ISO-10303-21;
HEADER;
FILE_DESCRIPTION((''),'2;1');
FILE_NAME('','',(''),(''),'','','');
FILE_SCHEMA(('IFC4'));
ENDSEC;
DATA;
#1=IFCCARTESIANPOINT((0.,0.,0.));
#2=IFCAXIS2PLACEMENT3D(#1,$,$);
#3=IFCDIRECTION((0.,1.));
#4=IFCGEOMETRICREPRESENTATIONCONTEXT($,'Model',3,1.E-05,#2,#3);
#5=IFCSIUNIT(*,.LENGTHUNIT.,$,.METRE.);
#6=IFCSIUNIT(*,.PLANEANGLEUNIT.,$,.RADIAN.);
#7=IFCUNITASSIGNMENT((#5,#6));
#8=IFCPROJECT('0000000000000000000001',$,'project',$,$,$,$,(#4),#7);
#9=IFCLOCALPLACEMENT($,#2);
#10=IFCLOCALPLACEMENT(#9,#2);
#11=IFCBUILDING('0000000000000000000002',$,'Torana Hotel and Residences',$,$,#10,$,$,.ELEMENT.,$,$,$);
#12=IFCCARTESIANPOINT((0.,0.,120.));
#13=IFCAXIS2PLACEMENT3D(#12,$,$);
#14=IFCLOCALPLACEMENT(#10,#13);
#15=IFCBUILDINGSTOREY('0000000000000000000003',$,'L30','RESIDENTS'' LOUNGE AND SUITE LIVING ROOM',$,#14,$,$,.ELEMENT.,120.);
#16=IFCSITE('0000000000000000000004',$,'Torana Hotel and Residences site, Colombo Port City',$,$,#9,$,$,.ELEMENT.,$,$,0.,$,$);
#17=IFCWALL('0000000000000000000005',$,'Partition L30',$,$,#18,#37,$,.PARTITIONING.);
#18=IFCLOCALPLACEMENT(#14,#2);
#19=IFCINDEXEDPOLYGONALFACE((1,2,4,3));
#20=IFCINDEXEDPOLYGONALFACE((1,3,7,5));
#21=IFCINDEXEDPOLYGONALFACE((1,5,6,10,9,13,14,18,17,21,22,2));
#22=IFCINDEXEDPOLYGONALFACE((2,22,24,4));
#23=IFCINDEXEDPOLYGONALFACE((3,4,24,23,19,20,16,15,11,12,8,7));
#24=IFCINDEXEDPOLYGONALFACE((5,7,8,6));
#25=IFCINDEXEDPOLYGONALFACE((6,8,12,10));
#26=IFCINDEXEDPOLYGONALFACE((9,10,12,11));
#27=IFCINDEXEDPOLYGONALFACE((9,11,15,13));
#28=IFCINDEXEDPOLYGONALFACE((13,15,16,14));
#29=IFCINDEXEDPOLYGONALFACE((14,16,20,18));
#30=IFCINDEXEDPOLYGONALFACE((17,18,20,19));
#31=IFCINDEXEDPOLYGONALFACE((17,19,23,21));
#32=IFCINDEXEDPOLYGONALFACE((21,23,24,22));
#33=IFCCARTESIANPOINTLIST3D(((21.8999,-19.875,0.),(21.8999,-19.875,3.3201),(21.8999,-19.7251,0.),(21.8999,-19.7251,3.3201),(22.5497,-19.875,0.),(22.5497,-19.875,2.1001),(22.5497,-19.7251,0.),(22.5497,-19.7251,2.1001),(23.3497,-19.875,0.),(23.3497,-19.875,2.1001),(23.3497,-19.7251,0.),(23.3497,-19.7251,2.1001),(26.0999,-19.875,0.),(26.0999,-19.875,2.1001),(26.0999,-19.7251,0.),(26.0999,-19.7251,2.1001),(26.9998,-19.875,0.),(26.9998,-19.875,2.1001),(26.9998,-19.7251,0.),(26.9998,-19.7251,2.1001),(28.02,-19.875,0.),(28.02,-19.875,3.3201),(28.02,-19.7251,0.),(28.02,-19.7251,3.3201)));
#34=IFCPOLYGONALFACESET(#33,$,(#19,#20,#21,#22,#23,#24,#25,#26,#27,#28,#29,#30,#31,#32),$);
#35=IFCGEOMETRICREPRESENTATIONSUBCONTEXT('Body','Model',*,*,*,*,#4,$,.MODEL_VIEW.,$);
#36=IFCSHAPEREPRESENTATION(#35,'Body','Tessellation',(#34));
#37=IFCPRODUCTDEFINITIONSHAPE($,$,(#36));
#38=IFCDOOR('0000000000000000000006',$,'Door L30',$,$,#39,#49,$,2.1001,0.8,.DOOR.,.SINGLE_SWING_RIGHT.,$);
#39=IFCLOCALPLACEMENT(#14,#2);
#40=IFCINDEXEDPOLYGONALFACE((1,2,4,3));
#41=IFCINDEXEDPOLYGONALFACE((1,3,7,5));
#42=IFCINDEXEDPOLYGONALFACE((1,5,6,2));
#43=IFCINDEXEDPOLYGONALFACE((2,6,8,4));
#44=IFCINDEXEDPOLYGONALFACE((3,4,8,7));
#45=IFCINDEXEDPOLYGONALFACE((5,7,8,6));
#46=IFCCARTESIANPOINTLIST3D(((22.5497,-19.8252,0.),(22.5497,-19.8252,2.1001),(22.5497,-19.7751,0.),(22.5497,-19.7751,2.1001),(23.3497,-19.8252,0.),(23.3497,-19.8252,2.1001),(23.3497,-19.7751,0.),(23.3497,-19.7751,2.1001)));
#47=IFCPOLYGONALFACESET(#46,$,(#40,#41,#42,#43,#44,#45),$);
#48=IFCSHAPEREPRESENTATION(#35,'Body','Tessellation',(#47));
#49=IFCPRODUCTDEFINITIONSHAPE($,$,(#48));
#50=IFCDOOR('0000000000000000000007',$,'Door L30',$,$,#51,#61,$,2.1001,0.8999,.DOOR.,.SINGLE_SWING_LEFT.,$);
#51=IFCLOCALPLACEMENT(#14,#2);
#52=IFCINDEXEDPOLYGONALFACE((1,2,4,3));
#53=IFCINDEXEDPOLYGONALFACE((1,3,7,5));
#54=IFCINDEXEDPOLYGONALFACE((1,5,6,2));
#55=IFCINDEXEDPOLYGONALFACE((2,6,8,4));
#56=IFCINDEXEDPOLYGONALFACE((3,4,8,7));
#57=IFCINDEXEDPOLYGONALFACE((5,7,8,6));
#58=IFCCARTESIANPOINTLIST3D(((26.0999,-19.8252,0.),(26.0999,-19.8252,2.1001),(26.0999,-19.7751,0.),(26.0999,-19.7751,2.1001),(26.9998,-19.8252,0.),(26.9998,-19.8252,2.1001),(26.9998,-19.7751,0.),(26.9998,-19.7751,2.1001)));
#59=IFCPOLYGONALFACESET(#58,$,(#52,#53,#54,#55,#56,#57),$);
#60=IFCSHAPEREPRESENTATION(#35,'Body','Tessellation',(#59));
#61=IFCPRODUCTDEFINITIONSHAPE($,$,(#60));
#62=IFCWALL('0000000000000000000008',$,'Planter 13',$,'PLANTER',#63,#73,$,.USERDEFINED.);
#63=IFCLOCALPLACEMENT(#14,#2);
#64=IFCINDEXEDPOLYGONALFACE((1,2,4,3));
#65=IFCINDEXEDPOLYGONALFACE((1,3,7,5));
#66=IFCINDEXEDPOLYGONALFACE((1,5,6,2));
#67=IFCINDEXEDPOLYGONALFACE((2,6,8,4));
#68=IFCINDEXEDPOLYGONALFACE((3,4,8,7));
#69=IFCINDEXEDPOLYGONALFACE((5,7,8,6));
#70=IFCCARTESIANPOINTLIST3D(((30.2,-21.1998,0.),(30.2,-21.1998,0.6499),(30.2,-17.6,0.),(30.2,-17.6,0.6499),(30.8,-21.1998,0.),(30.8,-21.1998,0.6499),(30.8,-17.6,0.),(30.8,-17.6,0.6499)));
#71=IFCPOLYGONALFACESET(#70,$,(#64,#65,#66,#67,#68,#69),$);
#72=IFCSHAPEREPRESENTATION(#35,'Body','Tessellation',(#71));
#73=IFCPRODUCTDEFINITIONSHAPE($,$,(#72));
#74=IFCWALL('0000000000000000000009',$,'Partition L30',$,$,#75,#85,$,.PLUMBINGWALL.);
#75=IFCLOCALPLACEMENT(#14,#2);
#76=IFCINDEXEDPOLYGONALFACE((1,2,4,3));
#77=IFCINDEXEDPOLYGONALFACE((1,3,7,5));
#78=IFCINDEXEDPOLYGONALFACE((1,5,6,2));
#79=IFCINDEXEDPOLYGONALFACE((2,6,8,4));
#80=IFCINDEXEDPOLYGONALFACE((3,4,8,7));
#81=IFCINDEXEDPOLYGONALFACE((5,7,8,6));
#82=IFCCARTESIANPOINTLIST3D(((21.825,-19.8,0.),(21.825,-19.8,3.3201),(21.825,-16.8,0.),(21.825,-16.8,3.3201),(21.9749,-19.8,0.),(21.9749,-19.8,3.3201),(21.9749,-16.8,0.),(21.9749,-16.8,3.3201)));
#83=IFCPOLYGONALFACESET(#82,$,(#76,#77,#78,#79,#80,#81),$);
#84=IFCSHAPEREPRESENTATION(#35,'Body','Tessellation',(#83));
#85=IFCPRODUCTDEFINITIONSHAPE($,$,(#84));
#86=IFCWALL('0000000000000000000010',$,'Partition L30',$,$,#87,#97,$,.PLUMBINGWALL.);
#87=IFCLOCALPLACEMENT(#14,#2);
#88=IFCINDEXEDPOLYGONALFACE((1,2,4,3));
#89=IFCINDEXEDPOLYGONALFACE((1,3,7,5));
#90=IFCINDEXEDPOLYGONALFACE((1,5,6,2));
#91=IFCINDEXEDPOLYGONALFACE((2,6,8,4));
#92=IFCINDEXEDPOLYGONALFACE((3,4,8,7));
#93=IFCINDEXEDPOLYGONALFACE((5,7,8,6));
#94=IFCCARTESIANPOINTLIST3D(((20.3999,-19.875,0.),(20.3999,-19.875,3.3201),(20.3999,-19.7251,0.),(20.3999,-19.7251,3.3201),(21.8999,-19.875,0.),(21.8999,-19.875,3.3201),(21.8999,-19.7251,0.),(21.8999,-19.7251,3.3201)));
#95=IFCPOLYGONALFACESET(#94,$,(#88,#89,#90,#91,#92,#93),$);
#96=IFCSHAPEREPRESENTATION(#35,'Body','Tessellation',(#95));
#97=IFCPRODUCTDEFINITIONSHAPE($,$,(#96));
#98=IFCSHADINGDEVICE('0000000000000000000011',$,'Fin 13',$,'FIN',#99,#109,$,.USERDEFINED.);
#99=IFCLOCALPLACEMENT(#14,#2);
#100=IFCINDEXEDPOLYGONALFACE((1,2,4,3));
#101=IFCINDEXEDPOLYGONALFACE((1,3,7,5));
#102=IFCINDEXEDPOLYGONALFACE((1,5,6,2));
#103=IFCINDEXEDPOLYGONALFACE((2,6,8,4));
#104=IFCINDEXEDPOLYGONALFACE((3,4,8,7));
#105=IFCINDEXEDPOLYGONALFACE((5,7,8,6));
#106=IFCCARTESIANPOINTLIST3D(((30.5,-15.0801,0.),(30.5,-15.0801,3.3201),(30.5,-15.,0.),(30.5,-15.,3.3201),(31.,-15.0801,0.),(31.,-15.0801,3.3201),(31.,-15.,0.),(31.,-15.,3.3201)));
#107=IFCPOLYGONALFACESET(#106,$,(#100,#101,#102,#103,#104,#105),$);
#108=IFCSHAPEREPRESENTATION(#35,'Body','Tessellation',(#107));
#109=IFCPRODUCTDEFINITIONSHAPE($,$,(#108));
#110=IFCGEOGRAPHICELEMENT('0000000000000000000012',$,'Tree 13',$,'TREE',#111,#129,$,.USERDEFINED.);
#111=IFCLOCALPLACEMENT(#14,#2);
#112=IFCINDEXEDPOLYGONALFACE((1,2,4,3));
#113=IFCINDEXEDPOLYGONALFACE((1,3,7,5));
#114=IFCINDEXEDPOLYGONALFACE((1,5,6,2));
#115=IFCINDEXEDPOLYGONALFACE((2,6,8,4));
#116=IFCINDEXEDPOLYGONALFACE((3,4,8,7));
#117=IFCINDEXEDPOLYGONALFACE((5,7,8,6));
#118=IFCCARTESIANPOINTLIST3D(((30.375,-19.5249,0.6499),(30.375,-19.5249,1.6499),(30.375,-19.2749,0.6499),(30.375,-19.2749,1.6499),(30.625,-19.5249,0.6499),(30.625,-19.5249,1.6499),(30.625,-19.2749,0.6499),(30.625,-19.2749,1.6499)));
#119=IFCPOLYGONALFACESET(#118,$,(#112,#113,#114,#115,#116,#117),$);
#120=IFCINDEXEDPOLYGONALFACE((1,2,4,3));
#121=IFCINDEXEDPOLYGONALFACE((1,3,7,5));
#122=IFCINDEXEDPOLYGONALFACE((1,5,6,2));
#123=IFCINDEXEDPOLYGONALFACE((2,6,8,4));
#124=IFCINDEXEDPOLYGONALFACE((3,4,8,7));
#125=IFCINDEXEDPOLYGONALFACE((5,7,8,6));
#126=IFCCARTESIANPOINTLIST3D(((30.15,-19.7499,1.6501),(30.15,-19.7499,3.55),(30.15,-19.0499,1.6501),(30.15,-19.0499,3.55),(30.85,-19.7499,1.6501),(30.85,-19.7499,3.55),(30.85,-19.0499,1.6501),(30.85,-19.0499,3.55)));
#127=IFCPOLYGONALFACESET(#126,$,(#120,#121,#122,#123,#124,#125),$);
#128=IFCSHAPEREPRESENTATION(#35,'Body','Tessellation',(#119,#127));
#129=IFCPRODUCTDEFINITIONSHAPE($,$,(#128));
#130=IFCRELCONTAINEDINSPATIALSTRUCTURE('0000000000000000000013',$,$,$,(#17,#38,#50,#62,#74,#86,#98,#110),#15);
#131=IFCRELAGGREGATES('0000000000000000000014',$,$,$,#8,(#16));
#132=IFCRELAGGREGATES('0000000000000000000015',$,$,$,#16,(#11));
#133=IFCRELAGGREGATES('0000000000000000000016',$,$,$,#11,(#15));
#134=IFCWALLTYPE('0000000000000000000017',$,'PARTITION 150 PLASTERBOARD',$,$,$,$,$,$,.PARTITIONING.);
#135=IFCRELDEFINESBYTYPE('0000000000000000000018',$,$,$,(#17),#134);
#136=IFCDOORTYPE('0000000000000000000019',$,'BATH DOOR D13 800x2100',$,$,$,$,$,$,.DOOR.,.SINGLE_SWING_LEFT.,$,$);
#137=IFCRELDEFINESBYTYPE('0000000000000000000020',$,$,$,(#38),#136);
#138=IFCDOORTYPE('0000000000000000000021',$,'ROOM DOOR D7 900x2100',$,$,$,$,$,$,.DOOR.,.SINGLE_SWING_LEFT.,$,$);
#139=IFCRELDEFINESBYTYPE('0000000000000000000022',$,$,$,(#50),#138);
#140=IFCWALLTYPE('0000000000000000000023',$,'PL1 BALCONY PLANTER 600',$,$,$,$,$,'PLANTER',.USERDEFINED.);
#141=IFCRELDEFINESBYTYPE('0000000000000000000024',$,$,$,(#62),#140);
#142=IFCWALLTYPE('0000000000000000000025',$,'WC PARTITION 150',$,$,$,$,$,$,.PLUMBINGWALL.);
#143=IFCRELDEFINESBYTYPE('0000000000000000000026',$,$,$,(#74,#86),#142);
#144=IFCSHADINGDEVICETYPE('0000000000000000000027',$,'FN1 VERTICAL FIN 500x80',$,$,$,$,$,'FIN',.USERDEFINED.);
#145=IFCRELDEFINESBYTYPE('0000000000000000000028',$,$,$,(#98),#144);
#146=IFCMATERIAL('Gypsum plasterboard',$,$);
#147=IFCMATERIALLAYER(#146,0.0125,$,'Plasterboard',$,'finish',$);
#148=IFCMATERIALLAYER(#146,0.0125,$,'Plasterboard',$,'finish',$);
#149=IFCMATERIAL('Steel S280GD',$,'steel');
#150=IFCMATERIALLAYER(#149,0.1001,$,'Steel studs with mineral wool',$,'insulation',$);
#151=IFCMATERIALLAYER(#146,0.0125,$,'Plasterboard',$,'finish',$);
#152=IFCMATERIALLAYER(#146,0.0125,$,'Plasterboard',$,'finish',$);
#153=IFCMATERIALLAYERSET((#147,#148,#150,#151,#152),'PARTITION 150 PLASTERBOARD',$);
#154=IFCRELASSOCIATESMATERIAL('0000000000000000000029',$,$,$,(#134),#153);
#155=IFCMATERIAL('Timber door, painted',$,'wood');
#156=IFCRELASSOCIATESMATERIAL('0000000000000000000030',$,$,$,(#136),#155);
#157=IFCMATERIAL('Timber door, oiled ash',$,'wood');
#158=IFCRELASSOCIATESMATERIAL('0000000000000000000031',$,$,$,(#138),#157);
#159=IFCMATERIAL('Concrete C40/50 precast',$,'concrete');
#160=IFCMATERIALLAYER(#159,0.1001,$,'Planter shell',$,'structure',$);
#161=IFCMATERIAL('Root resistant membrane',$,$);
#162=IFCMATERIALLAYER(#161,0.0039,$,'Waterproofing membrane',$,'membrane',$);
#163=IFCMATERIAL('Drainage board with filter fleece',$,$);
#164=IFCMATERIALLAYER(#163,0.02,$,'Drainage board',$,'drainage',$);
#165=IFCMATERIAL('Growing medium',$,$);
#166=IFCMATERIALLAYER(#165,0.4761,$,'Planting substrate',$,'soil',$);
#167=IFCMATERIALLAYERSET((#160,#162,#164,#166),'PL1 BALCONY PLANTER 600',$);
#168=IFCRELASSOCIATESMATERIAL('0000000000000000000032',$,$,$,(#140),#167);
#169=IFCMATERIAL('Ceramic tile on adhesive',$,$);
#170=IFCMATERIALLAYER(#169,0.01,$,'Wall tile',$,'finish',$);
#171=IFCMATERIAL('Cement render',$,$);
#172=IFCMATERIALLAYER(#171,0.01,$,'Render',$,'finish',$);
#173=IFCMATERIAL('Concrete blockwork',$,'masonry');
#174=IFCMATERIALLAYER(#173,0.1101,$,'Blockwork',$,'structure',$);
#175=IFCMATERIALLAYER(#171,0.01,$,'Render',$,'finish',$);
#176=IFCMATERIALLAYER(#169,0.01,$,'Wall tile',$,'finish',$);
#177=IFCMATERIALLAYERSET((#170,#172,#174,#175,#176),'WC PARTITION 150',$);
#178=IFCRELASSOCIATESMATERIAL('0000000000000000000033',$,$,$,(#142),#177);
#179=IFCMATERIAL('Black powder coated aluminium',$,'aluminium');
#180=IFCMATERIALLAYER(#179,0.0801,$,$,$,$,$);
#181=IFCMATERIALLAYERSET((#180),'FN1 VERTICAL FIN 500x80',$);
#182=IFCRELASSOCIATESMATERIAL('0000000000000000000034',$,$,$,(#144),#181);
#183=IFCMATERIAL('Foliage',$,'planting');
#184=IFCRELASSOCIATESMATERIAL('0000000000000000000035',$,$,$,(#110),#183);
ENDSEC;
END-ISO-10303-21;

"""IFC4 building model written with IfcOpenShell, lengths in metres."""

from ifc_helpers import new_model, si_unit, direction, frame, frame_2d, origin, origin_2d, place, context, subcontext, project, spatial, rectangle, extrude, material, layer, layer_set, type_object, element, fill, save


model = new_model("IFC4")

# Units and contexts
model_context = context("Model", 3, precision=1e-05, world=origin(), true_north=direction((0.0, 1.0)))
body_context = subcontext(model_context, "Body", "Model", "MODEL_VIEW")
ifc_project = project(units=[si_unit("LENGTHUNIT", "METRE"), si_unit("PLANEANGLEUNIT", "RADIAN")], contexts=[model_context])

# Site, building, storey
site_placement = place(None, origin())
site = spatial("IfcSite", under=ifc_project, at=site_placement, Name="Torana Hotel and Residences site, Colombo Port City", CompositionType="ELEMENT", RefElevation=0.0)
building_placement = place(site_placement, origin())
building = spatial("IfcBuilding", under=site, at=building_placement, Name="Torana Hotel and Residences", CompositionType="ELEMENT")
storey_placement = place(building_placement, frame((0.0, 0.0, 120.0)))
storey = spatial("IfcBuildingStorey", under=building, at=storey_placement, Name="L30", Description="RESIDENTS' LOUNGE AND SUITE LIVING ROOM", CompositionType="ELEMENT", Elevation=120.0)

# Shared definitions
ifc_material_1 = material(Name="Concrete blockwork", Category="masonry")

# Shared definitions
ifc_material_2 = material(Name="Gypsum plasterboard")
ifc_layer_1 = layer(ifc_material_2, 0.0125, Name="Plasterboard", Category="finish")
ifc_layer_2 = layer(ifc_material_2, 0.0125, Name="Plasterboard", Category="finish")
ifc_material_3 = material(Name="Steel S280GD", Category="steel")
ifc_layer_3 = layer(ifc_material_3, 0.1001, Name="Steel studs with mineral wool", Category="insulation")
ifc_layer_4 = layer(ifc_material_2, 0.0125, Name="Plasterboard", Category="finish")
ifc_layer_5 = layer(ifc_material_2, 0.0125, Name="Plasterboard", Category="finish")
ifc_layer_set_1 = layer_set([ifc_layer_1, ifc_layer_2, ifc_layer_3, ifc_layer_4, ifc_layer_5], Name="PARTITION 150 PLASTERBOARD")
wall_type_1 = type_object("IfcWallType", Name="PARTITION 150 PLASTERBOARD", PredefinedType="PARTITIONING", material=ifc_layer_set_1)

# Wall, openings, doors
wall_1_placement = place(storey_placement, frame((21.8999, -19.8, 0.0), z_axis=(0.0, 0.0, 1.0), x_axis=(1.0, 0.0, 0.0)))
wall_1 = element("IfcWall", 1, at=wall_1_placement, inside=storey, type_object=wall_type_1, Name="Partition L30", PredefinedType="PARTITIONING", context=body_context, shape_type="SweptSolid", body=[
    extrude(rectangle(XDim=6.1201, YDim=0.1499, at=frame_2d((3.0601, 0.0))), origin(), (0.0, 0.0, 1.0), 3.3201),
])
opening_1_placement = place(wall_1_placement, frame((0.6499, 0.0, 0.0)))
opening_1 = element("IfcOpeningElement", 2, at=opening_1_placement, cuts=wall_1, PredefinedType="OPENING", context=body_context, shape_type="SweptSolid", body=[
    extrude(rectangle(XDim=0.8, YDim=2.1001, at=frame_2d((0.3999, 1.05))), frame((0.0, 0.085, 0.0), z_axis=(0.0, -1.0, 0.0), x_axis=(1.0, 0.0, 0.0)), (0.0, 0.0, 1.0), 0.1699),
])
opening_2_placement = place(wall_1_placement, frame((4.2, 0.0, 0.0)))
opening_2 = element("IfcOpeningElement", 3, at=opening_2_placement, cuts=wall_1, PredefinedType="OPENING", context=body_context, shape_type="SweptSolid", body=[
    extrude(rectangle(XDim=0.8999, YDim=2.1001, at=frame_2d((0.45, 1.05))), frame((0.0, 0.085, 0.0), z_axis=(0.0, -1.0, 0.0), x_axis=(1.0, 0.0, 0.0)), (0.0, 0.0, 1.0), 0.1699),
])
ifc_material_4 = material(Name="Timber door, painted", Category="wood")
door_type_1 = type_object("IfcDoorType", Name="BATH DOOR D13 800x2100", OperationType="SINGLE_SWING_LEFT", PredefinedType="DOOR", material=ifc_material_4)
door_1_placement = place(opening_1_placement, origin())
door_1 = element("IfcDoor", 4, at=door_1_placement, inside=storey, type_object=door_type_1, Name="Door L30", OperationType="SINGLE_SWING_RIGHT", OverallHeight=2.1001, OverallWidth=0.8, PredefinedType="DOOR", context=body_context, shape_type="SweptSolid", body=[
    extrude(rectangle(XDim=0.8, YDim=2.1001, at=frame_2d((0.3999, 1.05))), frame((0.0, 0.0249, 0.0), z_axis=(0.0, -1.0, 0.0), x_axis=(1.0, 0.0, 0.0)), (0.0, 0.0, 1.0), 0.05),
])
fill(opening_1, door_1)
ifc_material_5 = material(Name="Timber door, oiled ash", Category="wood")
door_type_2 = type_object("IfcDoorType", Name="ROOM DOOR D7 900x2100", OperationType="SINGLE_SWING_LEFT", PredefinedType="DOOR", material=ifc_material_5)
door_2_placement = place(opening_2_placement, origin())
door_2 = element("IfcDoor", 5, at=door_2_placement, inside=storey, type_object=door_type_2, Name="Door L30", OperationType="SINGLE_SWING_LEFT", OverallHeight=2.1001, OverallWidth=0.8999, PredefinedType="DOOR", context=body_context, shape_type="SweptSolid", body=[
    extrude(rectangle(XDim=0.8999, YDim=2.1001, at=frame_2d((0.45, 1.05))), frame((0.0, 0.0249, 0.0), z_axis=(0.0, -1.0, 0.0), x_axis=(1.0, 0.0, 0.0)), (0.0, 0.0, 1.0), 0.05),
])
fill(opening_2, door_2)

# Walls
ifc_material_6 = material(Name="Concrete C40/50 precast", Category="concrete")
ifc_layer_6 = layer(ifc_material_6, 0.1001, Name="Planter shell", Category="structure")
ifc_material_7 = material(Name="Root resistant membrane")
ifc_layer_7 = layer(ifc_material_7, 0.0039, Name="Waterproofing membrane", Category="membrane")
ifc_material_8 = material(Name="Drainage board with filter fleece")
ifc_layer_8 = layer(ifc_material_8, 0.02, Name="Drainage board", Category="drainage")
ifc_material_9 = material(Name="Growing medium")
ifc_layer_9 = layer(ifc_material_9, 0.4761, Name="Planting substrate", Category="soil")
ifc_layer_set_2 = layer_set([ifc_layer_6, ifc_layer_7, ifc_layer_8, ifc_layer_9], Name="PL1 BALCONY PLANTER 600")
wall_type_2 = type_object("IfcWallType", Name="PL1 BALCONY PLANTER 600", ElementType="PLANTER", PredefinedType="USERDEFINED", material=ifc_layer_set_2)
wall_2_placement = place(storey_placement, frame((30.5, -17.6001, 0.0), z_axis=(0.0, 0.0, 1.0), x_axis=(0.0, -1.0, 0.0)))
element("IfcWall", 6, at=wall_2_placement, inside=storey, type_object=wall_type_2, Name="Planter 13", ObjectType="PLANTER", PredefinedType="USERDEFINED", context=body_context, shape_type="SweptSolid", body=[
    extrude(rectangle(XDim=3.5999, YDim=0.6001, at=frame_2d((1.7998, 0.0))), origin(), (0.0, 0.0, 1.0), 0.6499),
])
ifc_material_10 = material(Name="Ceramic tile on adhesive")
ifc_layer_10 = layer(ifc_material_10, 0.01, Name="Wall tile", Category="finish")
ifc_material_11 = material(Name="Cement render")
ifc_layer_11 = layer(ifc_material_11, 0.01, Name="Render", Category="finish")
ifc_layer_12 = layer(ifc_material_1, 0.1101, Name="Blockwork", Category="structure")
ifc_layer_13 = layer(ifc_material_11, 0.01, Name="Render", Category="finish")
ifc_layer_14 = layer(ifc_material_10, 0.01, Name="Wall tile", Category="finish")
ifc_layer_set_3 = layer_set([ifc_layer_10, ifc_layer_11, ifc_layer_12, ifc_layer_13, ifc_layer_14], Name="WC PARTITION 150")
wall_type_3 = type_object("IfcWallType", Name="WC PARTITION 150", PredefinedType="PLUMBINGWALL", material=ifc_layer_set_3)
wall_3_placement = place(storey_placement, frame((21.8999, -19.8, 0.0), z_axis=(0.0, 0.0, 1.0), x_axis=(0.0, 1.0, 0.0)))
element("IfcWall", 7, at=wall_3_placement, inside=storey, type_object=wall_type_3, Name="Partition L30", PredefinedType="PLUMBINGWALL", context=body_context, shape_type="SweptSolid", body=[
    extrude(rectangle(XDim=3.0, YDim=0.1499, at=frame_2d((1.5, 0.0))), origin(), (0.0, 0.0, 1.0), 3.3201),
])
wall_4_placement = place(storey_placement, frame((20.3999, -19.8, 0.0), z_axis=(0.0, 0.0, 1.0), x_axis=(1.0, 0.0, 0.0)))
element("IfcWall", 8, at=wall_4_placement, inside=storey, type_object=wall_type_3, Name="Partition L30", PredefinedType="PLUMBINGWALL", context=body_context, shape_type="SweptSolid", body=[
    extrude(rectangle(XDim=1.5, YDim=0.1499, at=frame_2d((0.75, 0.0))), origin(), (0.0, 0.0, 1.0), 3.3201),
])

# Shading device
ifc_material_12 = material(Name="Black powder coated aluminium", Category="aluminium")
ifc_layer_15 = layer(ifc_material_12, 0.0801)
ifc_layer_set_4 = layer_set([ifc_layer_15], Name="FN1 VERTICAL FIN 500x80")
shading_device_type = type_object("IfcShadingDeviceType", Name="FN1 VERTICAL FIN 500x80", ElementType="FIN", PredefinedType="USERDEFINED", material=ifc_layer_set_4)
shading_device_placement = place(storey_placement, frame((30.75, -15.04, 0.0), z_axis=(0.0, 0.0, 1.0), x_axis=(0.0, -1.0, 0.0)))
element("IfcShadingDevice", 9, at=shading_device_placement, inside=storey, type_object=shading_device_type, Name="Fin 13", ObjectType="FIN", PredefinedType="USERDEFINED", context=body_context, shape_type="SweptSolid", body=[
    extrude(rectangle(XDim=0.0801, YDim=0.5, at=origin_2d()), origin(), (0.0, 0.0, 1.0), 3.3201),
])

# Geographic element
ifc_material_13 = material(Name="Foliage", Category="planting")
geographic_element_placement = place(storey_placement, frame((30.5, -19.3999, 0.6499), z_axis=(0.0, 0.0, 1.0), x_axis=(1.0, 0.0, 0.0)))
element("IfcGeographicElement", 10, at=geographic_element_placement, inside=storey, material=ifc_material_13, Name="Tree 13", ObjectType="TREE", PredefinedType="USERDEFINED", context=body_context, shape_type="SweptSolid", body=[
    extrude(rectangle(XDim=0.25, YDim=0.25, at=origin_2d()), origin(), (0.0, 0.0, 1.0), 1.0),
    extrude(rectangle(XDim=0.7, YDim=0.7, at=origin_2d()), frame((0.0, 0.0, 1.0002)), (0.0, 0.0, 1.0), 1.8999),
])

save(model, "model.ifc")
